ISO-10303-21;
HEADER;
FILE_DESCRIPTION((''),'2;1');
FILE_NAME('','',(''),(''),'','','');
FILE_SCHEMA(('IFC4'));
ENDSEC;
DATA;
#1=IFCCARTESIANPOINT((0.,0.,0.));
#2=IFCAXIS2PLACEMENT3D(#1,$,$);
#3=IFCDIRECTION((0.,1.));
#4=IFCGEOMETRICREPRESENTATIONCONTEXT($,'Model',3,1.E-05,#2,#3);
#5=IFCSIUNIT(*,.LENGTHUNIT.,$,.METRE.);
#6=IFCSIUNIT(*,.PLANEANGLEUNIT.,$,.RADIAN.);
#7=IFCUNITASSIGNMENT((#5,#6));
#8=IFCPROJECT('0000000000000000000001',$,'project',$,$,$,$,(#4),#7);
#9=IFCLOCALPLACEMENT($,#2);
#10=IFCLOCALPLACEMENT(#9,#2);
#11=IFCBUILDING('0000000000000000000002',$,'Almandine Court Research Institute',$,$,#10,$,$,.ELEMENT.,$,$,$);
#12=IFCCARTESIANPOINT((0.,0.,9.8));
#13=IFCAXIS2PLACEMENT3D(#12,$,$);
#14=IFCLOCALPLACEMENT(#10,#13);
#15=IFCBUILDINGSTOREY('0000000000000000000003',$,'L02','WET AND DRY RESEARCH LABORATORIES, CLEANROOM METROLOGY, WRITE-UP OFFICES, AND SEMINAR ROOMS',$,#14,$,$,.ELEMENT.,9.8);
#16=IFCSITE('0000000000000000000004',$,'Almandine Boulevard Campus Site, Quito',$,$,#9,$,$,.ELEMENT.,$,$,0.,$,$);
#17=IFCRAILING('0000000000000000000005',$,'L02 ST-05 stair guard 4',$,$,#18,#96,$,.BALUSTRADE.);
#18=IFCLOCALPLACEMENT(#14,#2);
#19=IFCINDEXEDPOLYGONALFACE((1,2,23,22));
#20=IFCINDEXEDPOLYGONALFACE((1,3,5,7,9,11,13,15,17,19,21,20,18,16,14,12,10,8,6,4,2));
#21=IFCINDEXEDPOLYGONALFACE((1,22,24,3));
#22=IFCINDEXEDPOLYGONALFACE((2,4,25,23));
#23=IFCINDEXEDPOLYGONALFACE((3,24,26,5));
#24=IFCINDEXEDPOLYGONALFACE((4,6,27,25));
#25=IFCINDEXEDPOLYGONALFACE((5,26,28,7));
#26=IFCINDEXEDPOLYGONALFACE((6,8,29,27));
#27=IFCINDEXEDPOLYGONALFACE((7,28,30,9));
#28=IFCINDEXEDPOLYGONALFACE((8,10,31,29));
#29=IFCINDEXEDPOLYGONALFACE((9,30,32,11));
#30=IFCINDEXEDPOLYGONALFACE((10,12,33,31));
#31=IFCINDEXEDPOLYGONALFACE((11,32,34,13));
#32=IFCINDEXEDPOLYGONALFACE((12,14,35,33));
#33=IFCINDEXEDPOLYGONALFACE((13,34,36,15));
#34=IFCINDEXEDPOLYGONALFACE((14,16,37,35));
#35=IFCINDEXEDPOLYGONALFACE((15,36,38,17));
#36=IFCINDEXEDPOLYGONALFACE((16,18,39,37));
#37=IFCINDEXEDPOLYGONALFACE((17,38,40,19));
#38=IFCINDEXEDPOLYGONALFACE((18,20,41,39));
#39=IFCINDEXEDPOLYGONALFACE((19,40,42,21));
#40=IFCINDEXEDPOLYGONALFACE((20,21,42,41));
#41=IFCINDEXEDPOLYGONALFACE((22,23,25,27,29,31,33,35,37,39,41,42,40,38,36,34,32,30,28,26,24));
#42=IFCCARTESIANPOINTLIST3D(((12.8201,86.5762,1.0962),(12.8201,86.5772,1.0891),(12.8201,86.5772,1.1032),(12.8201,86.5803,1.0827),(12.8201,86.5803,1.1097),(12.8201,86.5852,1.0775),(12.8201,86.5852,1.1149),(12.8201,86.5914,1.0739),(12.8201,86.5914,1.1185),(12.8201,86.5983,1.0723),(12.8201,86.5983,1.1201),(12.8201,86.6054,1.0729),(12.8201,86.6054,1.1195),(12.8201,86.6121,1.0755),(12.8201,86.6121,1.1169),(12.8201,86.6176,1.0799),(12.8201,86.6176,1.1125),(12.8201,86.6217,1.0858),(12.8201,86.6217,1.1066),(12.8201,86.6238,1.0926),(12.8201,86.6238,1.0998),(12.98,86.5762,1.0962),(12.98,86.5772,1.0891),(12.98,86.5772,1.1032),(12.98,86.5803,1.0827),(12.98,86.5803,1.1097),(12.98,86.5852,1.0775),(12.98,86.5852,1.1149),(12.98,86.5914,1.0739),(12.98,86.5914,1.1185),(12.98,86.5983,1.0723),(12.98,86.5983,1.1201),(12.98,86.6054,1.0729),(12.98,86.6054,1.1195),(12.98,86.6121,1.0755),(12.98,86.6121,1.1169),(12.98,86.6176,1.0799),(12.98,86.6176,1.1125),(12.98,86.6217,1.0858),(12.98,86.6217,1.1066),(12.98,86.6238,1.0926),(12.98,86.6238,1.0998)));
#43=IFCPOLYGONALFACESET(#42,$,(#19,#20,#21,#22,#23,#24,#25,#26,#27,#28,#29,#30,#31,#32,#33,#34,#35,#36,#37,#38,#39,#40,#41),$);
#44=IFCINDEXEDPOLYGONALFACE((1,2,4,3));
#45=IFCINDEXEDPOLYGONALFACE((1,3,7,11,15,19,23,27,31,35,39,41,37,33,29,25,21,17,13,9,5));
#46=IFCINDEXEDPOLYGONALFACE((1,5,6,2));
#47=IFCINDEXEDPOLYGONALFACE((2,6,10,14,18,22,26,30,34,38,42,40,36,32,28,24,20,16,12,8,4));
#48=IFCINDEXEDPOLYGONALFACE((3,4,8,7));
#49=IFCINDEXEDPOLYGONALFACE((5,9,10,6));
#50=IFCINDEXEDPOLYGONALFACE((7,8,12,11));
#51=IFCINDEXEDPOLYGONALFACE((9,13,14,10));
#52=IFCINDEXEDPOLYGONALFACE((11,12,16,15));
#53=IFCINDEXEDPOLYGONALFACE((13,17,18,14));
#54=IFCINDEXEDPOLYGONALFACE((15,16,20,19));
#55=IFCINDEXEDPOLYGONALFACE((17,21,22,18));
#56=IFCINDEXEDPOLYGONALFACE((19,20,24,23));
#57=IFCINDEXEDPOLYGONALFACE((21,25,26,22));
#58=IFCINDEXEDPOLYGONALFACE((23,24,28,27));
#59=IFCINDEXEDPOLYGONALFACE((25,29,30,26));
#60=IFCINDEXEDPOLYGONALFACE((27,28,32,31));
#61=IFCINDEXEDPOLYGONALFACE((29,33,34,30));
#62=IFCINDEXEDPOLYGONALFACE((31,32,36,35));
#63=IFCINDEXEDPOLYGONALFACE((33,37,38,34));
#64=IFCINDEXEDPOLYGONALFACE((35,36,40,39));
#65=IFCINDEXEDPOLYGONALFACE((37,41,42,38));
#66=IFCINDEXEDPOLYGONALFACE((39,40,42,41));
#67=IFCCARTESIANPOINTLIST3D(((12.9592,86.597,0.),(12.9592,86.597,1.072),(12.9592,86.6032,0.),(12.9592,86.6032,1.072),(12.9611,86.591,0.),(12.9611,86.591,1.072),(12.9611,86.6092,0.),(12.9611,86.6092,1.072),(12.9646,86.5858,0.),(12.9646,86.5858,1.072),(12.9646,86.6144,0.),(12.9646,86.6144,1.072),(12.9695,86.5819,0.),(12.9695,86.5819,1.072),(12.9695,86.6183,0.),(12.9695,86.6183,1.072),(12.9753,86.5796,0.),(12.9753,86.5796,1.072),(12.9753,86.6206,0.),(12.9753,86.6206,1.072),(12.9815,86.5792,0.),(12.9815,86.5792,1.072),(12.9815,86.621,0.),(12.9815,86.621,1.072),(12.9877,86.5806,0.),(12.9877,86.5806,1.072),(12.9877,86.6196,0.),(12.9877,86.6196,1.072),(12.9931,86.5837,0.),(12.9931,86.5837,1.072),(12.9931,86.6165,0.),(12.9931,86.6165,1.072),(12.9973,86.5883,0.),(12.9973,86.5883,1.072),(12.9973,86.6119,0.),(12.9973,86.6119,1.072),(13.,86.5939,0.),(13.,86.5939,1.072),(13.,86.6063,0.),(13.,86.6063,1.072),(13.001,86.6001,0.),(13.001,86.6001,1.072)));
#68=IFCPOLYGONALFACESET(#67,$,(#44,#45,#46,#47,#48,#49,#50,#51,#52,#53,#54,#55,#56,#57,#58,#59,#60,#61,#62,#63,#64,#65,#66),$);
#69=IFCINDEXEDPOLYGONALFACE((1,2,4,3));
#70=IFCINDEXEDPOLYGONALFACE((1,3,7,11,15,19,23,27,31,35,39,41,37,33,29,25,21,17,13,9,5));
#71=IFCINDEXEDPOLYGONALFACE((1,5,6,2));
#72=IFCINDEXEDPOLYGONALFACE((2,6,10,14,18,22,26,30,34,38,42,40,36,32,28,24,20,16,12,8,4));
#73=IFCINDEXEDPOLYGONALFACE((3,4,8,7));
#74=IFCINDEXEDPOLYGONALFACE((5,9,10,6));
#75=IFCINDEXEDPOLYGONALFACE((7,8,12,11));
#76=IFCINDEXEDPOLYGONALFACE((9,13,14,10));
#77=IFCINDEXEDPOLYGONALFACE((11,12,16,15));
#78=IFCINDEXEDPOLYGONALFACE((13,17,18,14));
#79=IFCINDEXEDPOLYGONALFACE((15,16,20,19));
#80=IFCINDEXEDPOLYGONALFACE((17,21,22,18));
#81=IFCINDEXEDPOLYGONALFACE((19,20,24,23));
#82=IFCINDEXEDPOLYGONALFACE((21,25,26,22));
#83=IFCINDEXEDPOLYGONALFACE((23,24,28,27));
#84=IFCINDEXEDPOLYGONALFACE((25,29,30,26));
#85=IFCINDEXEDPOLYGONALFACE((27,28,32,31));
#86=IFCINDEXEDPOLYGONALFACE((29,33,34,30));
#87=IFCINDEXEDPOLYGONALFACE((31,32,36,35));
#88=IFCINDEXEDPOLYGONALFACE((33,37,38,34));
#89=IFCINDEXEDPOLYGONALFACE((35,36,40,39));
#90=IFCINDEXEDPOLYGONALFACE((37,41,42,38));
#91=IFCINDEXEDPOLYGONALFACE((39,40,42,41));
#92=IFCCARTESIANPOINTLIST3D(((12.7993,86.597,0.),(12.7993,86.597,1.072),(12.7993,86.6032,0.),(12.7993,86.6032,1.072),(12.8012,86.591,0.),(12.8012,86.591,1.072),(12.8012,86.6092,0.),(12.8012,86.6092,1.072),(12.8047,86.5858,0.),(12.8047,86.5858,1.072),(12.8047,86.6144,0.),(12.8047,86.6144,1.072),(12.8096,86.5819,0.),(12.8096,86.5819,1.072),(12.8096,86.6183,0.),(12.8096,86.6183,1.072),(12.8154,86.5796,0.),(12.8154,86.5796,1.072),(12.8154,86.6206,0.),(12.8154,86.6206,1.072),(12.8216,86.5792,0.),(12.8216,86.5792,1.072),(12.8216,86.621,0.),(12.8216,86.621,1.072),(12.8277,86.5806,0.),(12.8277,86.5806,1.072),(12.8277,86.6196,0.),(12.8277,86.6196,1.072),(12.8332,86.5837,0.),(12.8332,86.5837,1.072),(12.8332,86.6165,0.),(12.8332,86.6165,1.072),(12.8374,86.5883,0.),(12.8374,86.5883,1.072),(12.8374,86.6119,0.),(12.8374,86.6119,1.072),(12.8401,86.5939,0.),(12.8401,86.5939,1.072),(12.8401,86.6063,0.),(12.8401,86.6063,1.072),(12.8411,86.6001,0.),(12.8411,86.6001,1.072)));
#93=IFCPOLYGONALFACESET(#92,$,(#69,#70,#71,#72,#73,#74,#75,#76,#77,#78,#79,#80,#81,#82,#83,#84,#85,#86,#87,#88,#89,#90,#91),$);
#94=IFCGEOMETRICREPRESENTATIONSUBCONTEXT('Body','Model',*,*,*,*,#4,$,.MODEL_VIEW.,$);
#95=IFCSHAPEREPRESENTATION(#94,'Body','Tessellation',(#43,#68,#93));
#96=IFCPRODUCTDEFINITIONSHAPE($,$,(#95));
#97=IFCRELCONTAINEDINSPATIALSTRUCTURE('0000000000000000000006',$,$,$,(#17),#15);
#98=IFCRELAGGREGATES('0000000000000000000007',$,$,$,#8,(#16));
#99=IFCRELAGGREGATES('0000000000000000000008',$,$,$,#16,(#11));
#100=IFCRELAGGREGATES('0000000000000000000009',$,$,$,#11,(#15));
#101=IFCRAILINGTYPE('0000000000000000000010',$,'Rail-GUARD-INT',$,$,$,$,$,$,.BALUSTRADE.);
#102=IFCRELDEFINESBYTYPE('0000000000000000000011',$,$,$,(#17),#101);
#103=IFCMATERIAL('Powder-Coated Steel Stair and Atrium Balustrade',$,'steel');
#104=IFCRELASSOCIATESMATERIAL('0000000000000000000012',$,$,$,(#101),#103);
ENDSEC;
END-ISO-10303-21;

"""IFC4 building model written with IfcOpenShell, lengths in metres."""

from ifc_helpers import new_model, si_unit, direction, frame, origin, origin_2d, place, context, subcontext, project, spatial, circle, extrude, material, type_object, element, save


model = new_model("IFC4")

# Units and contexts
model_context = context("Model", 3, precision=1e-05, world=origin(), true_north=direction((0.0, 1.0)))
body_context = subcontext(model_context, "Body", "Model", "MODEL_VIEW")
ifc_project = project(units=[si_unit("LENGTHUNIT", "METRE"), si_unit("PLANEANGLEUNIT", "RADIAN")], contexts=[model_context])

# Site, building, storey
site_placement = place(None, origin())
site = spatial("IfcSite", under=ifc_project, at=site_placement, Name="Almandine Boulevard Campus Site, Quito", CompositionType="ELEMENT", RefElevation=0.0)
building_placement = place(site_placement, origin())
building = spatial("IfcBuilding", under=site, at=building_placement, Name="Almandine Court Research Institute", CompositionType="ELEMENT")
storey_placement = place(building_placement, frame((0.0, 0.0, 9.8)))
storey = spatial("IfcBuildingStorey", under=building, at=storey_placement, Name="L02", Description="WET AND DRY RESEARCH LABORATORIES, CLEANROOM METROLOGY, WRITE-UP OFFICES, AND SEMINAR ROOMS", CompositionType="ELEMENT", Elevation=9.8)

# Railing
ifc_material_1 = material(Name="Powder-Coated Steel Stair and Atrium Balustrade", Category="steel")
railing_type_1 = type_object("IfcRailingType", Name="Rail-GUARD-INT", PredefinedType="BALUSTRADE", material=ifc_material_1)
railing_1_placement = place(storey_placement, frame((12.98, 86.6001, 0.0)))
element("IfcRailing", 1, at=railing_1_placement, inside=storey, type_object=railing_type_1, Name="L02 ST-05 stair guard 4", PredefinedType="BALUSTRADE", context=body_context, shape_type="SweptSolid", body=[
    extrude(circle(Radius=0.0239, at=origin_2d()), frame((0.0, 0.0, 1.0962), z_axis=(-1.0, 0.0, 0.0), x_axis=(0.0, -1.0, 0.0)), (0.0, 0.0, 1.0), 0.1599),
    extrude(circle(Radius=0.021, at=origin_2d()), origin(), (0.0, 0.0, 1.0), 1.072),
    extrude(circle(Radius=0.021, at=origin_2d()), frame((-0.1599, 0.0, 0.0)), (0.0, 0.0, 1.0), 1.072),
])

save(model, "model.ifc")
